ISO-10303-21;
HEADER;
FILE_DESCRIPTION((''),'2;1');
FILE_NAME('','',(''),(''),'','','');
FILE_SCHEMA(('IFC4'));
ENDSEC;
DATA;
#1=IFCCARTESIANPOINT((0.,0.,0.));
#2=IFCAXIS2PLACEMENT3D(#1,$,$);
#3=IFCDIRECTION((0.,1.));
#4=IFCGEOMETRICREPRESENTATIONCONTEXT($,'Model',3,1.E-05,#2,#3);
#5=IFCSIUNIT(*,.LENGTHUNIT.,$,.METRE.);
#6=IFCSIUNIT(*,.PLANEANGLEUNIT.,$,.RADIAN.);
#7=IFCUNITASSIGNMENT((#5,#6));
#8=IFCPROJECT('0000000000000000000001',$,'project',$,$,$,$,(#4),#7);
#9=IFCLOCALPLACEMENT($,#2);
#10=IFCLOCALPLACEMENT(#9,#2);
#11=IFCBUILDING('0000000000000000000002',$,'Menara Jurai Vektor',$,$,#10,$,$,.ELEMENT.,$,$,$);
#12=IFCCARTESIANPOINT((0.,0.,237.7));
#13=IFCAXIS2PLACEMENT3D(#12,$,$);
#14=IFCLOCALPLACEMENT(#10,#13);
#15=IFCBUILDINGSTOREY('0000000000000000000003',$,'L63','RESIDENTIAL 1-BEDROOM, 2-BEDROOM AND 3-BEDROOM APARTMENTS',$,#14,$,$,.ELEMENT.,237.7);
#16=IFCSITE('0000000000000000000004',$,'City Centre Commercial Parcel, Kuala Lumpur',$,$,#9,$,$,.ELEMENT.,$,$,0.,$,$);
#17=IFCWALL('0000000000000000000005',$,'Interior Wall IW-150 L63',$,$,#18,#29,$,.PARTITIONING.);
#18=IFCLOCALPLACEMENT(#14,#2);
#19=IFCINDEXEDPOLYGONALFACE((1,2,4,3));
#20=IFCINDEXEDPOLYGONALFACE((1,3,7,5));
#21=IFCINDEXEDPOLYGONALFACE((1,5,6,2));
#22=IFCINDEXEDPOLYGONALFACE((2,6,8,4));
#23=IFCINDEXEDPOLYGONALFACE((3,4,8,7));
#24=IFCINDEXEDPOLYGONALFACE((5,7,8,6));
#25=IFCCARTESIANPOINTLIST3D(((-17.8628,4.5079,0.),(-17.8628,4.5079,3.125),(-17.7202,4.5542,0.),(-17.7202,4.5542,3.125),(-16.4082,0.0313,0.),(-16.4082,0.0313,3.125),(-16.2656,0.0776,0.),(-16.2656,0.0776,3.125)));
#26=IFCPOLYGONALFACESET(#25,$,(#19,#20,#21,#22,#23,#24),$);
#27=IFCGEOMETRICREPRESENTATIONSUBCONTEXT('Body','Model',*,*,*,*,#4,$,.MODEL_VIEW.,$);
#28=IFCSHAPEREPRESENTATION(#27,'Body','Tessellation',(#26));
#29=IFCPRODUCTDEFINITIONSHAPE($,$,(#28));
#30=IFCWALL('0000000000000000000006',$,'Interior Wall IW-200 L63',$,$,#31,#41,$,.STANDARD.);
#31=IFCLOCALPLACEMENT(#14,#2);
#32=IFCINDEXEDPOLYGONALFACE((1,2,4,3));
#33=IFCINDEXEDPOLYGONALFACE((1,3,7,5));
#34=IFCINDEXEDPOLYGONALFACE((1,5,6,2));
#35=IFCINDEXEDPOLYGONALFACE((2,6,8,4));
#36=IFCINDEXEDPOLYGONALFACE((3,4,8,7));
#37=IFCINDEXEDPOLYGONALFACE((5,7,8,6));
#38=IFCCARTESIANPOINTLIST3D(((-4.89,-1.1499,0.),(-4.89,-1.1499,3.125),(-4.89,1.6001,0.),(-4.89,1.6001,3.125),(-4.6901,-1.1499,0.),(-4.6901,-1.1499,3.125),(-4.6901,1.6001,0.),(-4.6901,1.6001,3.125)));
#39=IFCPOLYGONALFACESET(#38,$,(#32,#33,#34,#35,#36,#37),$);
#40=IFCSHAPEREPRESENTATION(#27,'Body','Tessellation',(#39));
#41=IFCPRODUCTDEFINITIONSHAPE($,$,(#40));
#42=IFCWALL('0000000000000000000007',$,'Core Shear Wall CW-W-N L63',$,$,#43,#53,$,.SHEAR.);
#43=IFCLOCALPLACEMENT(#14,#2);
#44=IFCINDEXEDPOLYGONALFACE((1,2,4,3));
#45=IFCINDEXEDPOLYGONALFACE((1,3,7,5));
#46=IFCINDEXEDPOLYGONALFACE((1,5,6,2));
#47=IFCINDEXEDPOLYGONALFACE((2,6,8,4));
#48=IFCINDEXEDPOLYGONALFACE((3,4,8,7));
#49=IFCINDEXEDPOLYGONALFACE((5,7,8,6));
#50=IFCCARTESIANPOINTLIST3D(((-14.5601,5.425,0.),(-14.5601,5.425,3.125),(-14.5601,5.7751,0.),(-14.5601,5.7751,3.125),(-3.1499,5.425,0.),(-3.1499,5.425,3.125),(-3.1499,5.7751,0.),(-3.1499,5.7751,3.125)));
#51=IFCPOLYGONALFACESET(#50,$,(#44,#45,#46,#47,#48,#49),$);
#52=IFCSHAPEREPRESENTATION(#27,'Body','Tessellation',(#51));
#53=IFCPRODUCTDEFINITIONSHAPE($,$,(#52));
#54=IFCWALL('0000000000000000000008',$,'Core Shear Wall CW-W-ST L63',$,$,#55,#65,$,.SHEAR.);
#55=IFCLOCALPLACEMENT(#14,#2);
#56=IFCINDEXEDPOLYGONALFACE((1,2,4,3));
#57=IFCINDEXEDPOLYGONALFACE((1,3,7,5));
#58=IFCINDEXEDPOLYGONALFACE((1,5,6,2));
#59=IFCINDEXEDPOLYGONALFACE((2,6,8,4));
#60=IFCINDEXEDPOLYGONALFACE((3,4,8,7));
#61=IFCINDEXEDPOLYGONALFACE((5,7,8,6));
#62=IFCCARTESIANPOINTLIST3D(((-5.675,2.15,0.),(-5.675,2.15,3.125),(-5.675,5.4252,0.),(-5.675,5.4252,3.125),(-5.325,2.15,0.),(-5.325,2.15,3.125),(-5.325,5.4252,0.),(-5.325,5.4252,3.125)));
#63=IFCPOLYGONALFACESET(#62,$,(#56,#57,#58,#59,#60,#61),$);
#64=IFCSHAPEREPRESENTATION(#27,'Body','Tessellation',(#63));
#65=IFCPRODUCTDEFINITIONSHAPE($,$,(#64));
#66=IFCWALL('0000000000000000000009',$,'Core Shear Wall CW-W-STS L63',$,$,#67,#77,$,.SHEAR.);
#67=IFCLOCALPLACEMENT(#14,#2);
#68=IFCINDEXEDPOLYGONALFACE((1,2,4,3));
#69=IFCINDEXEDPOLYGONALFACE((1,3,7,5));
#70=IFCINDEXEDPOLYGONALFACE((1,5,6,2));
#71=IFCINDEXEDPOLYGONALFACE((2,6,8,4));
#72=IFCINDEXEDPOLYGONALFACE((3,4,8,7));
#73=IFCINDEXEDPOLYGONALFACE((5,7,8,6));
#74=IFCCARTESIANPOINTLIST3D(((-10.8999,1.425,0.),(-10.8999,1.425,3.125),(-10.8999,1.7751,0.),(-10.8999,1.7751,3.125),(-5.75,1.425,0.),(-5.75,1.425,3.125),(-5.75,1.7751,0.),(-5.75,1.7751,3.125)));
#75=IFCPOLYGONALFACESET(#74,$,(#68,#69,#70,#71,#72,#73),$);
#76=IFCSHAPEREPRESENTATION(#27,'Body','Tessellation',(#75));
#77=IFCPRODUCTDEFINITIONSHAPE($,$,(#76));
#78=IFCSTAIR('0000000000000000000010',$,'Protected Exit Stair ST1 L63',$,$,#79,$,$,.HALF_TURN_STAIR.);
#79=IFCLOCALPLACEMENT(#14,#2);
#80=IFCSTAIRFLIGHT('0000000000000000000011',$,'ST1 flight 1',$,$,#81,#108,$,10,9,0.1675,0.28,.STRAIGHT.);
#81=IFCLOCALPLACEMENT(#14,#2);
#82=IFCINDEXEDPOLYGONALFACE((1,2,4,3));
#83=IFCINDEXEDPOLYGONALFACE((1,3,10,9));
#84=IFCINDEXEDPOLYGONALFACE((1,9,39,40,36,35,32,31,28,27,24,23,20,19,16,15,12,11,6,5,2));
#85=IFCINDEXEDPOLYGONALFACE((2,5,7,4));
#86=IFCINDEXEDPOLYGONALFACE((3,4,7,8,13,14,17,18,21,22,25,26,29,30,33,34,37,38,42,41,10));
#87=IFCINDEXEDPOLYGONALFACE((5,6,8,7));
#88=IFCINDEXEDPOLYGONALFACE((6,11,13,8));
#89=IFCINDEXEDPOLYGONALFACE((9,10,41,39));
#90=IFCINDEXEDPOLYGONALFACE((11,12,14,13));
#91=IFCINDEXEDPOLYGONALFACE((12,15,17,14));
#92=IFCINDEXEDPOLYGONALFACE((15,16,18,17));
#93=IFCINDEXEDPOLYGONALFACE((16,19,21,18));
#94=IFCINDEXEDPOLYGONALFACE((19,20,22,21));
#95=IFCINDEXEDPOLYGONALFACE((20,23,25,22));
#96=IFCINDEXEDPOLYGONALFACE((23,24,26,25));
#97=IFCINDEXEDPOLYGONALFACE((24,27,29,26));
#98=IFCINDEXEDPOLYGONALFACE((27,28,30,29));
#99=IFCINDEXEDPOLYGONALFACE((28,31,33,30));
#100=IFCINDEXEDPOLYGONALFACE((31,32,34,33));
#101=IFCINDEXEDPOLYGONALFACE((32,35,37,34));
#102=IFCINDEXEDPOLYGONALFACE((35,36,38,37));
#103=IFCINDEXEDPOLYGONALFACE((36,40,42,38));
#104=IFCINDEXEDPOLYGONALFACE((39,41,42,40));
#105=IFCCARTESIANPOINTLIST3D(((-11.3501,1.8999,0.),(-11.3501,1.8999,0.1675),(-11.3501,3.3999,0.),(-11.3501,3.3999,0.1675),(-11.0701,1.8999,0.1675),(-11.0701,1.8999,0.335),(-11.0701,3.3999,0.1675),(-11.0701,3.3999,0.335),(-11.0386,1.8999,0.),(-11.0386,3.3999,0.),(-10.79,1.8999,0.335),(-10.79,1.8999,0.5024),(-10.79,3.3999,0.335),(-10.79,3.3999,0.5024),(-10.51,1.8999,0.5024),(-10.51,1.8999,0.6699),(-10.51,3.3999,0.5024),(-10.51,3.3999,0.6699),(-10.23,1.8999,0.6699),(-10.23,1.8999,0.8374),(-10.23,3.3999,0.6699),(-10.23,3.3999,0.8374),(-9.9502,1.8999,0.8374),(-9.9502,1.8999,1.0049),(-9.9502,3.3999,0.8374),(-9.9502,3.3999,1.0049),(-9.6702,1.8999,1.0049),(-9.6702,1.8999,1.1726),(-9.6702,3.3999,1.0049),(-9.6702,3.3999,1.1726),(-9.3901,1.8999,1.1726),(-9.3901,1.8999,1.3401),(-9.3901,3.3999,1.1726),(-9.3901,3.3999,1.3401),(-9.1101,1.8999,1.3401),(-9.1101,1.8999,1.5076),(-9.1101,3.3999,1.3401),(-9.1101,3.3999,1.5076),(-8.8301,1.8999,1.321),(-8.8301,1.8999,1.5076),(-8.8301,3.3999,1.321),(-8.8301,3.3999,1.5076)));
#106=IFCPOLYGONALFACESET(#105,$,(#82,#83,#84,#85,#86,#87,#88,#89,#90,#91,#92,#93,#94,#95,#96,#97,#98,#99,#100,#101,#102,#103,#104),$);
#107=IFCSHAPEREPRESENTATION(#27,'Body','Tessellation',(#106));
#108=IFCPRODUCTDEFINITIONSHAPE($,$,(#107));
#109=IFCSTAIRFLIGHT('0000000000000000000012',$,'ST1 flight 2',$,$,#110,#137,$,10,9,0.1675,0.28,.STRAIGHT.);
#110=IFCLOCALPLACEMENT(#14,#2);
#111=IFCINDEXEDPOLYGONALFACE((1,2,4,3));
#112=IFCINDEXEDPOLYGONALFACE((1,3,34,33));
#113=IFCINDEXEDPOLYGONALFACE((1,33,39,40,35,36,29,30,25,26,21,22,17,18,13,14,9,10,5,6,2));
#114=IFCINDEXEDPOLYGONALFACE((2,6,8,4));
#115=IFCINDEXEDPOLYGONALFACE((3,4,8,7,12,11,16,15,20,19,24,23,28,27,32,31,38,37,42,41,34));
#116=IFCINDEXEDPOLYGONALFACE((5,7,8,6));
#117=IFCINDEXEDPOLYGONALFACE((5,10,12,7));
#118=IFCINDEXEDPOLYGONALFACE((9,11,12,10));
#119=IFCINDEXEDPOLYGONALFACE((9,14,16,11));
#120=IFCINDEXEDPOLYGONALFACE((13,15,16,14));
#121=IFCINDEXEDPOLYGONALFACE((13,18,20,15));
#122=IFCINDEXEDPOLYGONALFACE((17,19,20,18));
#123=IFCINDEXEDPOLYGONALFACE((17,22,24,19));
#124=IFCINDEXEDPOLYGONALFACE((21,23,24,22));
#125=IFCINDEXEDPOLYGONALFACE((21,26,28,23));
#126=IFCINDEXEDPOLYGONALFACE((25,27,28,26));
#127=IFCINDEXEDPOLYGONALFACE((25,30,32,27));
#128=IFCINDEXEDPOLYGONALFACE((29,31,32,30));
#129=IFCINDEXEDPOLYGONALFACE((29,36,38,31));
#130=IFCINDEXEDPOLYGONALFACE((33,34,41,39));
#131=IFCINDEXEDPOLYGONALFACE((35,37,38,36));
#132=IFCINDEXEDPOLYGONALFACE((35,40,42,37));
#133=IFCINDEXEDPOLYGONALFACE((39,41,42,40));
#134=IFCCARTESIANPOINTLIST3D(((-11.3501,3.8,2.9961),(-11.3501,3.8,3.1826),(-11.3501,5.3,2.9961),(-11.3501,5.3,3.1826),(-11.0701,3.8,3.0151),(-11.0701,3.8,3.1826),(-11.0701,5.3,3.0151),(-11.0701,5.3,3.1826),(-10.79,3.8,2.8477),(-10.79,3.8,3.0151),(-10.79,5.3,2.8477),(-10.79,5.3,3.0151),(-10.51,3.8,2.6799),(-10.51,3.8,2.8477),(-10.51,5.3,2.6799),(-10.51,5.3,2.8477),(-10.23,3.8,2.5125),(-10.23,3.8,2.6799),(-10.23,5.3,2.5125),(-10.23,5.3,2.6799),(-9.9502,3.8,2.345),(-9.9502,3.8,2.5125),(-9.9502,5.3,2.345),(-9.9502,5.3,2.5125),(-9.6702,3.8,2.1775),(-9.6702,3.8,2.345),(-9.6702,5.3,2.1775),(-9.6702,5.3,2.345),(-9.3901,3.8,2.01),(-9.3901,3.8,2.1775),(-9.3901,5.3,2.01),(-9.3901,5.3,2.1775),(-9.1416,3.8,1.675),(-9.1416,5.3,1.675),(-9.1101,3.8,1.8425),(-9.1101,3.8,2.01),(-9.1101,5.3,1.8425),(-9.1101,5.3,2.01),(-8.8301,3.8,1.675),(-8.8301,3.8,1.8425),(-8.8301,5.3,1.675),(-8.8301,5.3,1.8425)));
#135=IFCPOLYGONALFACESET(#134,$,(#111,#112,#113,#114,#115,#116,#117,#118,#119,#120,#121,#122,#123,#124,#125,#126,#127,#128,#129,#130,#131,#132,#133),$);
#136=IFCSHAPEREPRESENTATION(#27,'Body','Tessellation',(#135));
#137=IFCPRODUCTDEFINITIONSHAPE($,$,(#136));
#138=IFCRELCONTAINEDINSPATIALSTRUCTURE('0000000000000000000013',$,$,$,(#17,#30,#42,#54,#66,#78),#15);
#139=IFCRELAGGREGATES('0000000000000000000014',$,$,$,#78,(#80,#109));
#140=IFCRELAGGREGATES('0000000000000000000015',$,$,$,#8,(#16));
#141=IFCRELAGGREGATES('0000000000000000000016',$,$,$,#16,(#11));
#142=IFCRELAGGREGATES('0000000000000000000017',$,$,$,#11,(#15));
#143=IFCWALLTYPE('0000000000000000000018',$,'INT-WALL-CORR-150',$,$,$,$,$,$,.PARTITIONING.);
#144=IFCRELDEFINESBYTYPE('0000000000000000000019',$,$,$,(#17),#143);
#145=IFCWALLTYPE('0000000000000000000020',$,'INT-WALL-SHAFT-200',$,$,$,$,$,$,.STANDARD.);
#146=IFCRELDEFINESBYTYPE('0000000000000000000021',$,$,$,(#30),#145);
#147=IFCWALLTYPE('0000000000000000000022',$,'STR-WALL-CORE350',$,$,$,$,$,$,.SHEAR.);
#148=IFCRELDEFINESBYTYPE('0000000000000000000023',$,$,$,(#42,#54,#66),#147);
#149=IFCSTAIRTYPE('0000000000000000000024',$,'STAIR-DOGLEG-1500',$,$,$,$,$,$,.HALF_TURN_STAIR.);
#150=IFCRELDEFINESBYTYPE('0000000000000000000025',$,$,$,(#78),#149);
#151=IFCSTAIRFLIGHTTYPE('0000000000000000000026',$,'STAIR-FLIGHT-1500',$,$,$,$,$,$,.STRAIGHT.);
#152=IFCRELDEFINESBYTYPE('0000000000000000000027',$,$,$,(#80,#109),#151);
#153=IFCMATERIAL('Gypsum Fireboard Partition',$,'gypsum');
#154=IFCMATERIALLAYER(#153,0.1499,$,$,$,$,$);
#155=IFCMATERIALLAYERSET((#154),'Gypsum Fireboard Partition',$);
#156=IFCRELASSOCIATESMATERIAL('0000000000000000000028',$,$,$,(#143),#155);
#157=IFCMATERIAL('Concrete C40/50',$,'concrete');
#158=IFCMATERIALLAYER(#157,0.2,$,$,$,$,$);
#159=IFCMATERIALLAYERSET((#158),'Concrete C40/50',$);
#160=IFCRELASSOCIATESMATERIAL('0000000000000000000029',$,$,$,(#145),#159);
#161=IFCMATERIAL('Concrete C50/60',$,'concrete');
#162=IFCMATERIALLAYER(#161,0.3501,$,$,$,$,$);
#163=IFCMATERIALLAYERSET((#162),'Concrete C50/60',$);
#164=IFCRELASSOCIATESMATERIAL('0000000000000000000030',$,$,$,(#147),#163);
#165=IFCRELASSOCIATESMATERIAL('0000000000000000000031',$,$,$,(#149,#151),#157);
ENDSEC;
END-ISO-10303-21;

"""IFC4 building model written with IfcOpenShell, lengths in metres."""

from ifc_helpers import new_model, si_unit, direction, frame, frame_2d, origin, place, context, subcontext, project, spatial, polyline, rectangle, outline, extrude, material, layer, layer_set, type_object, element, aggregate, save


model = new_model("IFC4")

# Units and contexts
model_context = context("Model", 3, precision=1e-05, world=origin(), true_north=direction((0.0, 1.0)))
body_context = subcontext(model_context, "Body", "Model", "MODEL_VIEW")
ifc_project = project(units=[si_unit("LENGTHUNIT", "METRE"), si_unit("PLANEANGLEUNIT", "RADIAN")], contexts=[model_context])

# Site, building, storey
site_placement = place(None, origin())
site = spatial("IfcSite", under=ifc_project, at=site_placement, Name="City Centre Commercial Parcel, Kuala Lumpur", CompositionType="ELEMENT", RefElevation=0.0)
building_placement = place(site_placement, origin())
building = spatial("IfcBuilding", under=site, at=building_placement, Name="Menara Jurai Vektor", CompositionType="ELEMENT")
storey_placement = place(building_placement, frame((0.0, 0.0, 237.7)))
storey = spatial("IfcBuildingStorey", under=building, at=storey_placement, Name="L63", Description="RESIDENTIAL 1-BEDROOM, 2-BEDROOM AND 3-BEDROOM APARTMENTS", CompositionType="ELEMENT", Elevation=237.7)

# Shared definitions
ifc_material_1 = material(Name="Concrete C50/60", Category="concrete")

# Shared definitions
ifc_material_2 = material(Name="Concrete C40/50", Category="concrete")

# Shared definitions
ifc_material_3 = material(Name="Gypsum Fireboard Partition", Category="gypsum")
ifc_layer_1 = layer(ifc_material_3, 0.1499)
ifc_layer_set_1 = layer_set([ifc_layer_1], Name="Gypsum Fireboard Partition")
wall_type_1 = type_object("IfcWallType", Name="INT-WALL-CORR-150", PredefinedType="PARTITIONING", material=ifc_layer_set_1)

# Wall
wall_1_placement = place(storey_placement, frame((-16.3369, 0.0544, 0.0), z_axis=(0.0, 0.0, 1.0), x_axis=(-0.30903, 0.951052, 0.0)))
element("IfcWall", 1, at=wall_1_placement, inside=storey, type_object=wall_type_1, Name="Interior Wall IW-150 L63", PredefinedType="PARTITIONING", context=body_context, shape_type="SweptSolid", body=[
    extrude(rectangle(XDim=4.707, YDim=0.1499, at=frame_2d((2.3535, 0.0))), origin(), (0.0, 0.0, 1.0), 3.125),
])

# Shared definitions
ifc_layer_2 = layer(ifc_material_2, 0.2)
ifc_layer_set_2 = layer_set([ifc_layer_2], Name="Concrete C40/50")
wall_type_2 = type_object("IfcWallType", Name="INT-WALL-SHAFT-200", PredefinedType="STANDARD", material=ifc_layer_set_2)

# Walls
wall_2_placement = place(storey_placement, frame((-4.79, -1.1499, 0.0), z_axis=(0.0, 0.0, 1.0), x_axis=(0.0, 1.0, 0.0)))
element("IfcWall", 2, at=wall_2_placement, inside=storey, type_object=wall_type_2, Name="Interior Wall IW-200 L63", PredefinedType="STANDARD", context=body_context, shape_type="SweptSolid", body=[
    extrude(rectangle(XDim=2.75, YDim=0.2, at=frame_2d((1.375, 0.0))), origin(), (0.0, 0.0, 1.0), 3.125),
])
ifc_layer_3 = layer(ifc_material_1, 0.3501)
ifc_layer_set_3 = layer_set([ifc_layer_3], Name="Concrete C50/60")
wall_type_3 = type_object("IfcWallType", Name="STR-WALL-CORE350", PredefinedType="SHEAR", material=ifc_layer_set_3)
wall_3_placement = place(storey_placement, frame((-14.5601, 5.6001, 0.0), z_axis=(0.0, 0.0, 1.0), x_axis=(1.0, 0.0, 0.0)))
element("IfcWall", 3, at=wall_3_placement, inside=storey, type_object=wall_type_3, Name="Core Shear Wall CW-W-N L63", PredefinedType="SHEAR", context=body_context, shape_type="SweptSolid", body=[
    extrude(rectangle(XDim=11.4102, YDim=0.3501, at=frame_2d((5.7051, 0.0))), origin(), (0.0, 0.0, 1.0), 3.125),
])
wall_4_placement = place(storey_placement, frame((-5.5, 2.1499, 0.0), z_axis=(0.0, 0.0, 1.0), x_axis=(0.0, 1.0, 0.0)))
element("IfcWall", 4, at=wall_4_placement, inside=storey, type_object=wall_type_3, Name="Core Shear Wall CW-W-ST L63", PredefinedType="SHEAR", context=body_context, shape_type="SweptSolid", body=[
    extrude(rectangle(XDim=3.2751, YDim=0.3501, at=frame_2d((1.6377, 0.0))), origin(), (0.0, 0.0, 1.0), 3.125),
])
wall_5_placement = place(storey_placement, frame((-10.8999, 1.6001, 0.0), z_axis=(0.0, 0.0, 1.0), x_axis=(1.0, 0.0, 0.0)))
element("IfcWall", 5, at=wall_5_placement, inside=storey, type_object=wall_type_3, Name="Core Shear Wall CW-W-STS L63", PredefinedType="SHEAR", context=body_context, shape_type="SweptSolid", body=[
    extrude(rectangle(XDim=5.1499, YDim=0.3501, at=frame_2d((2.575, 0.0))), origin(), (0.0, 0.0, 1.0), 3.125),
])

# Stair, stair flights
stair_type = type_object("IfcStairType", Name="STAIR-DOGLEG-1500", PredefinedType="HALF_TURN_STAIR", material=ifc_material_2)
stair_placement = place(storey_placement, origin())
stair = element("IfcStair", 6, at=stair_placement, inside=storey, type_object=stair_type, Name="Protected Exit Stair ST1 L63", PredefinedType="HALF_TURN_STAIR")
stair_flight_type = type_object("IfcStairFlightType", Name="STAIR-FLIGHT-1500", PredefinedType="STRAIGHT", material=ifc_material_2)
stair_flight_1_placement = place(storey_placement, frame((-11.3501, 2.6499, 0.0), z_axis=(0.0, 0.0, 1.0), x_axis=(1.0, 0.0, 0.0)))
stair_flight_1 = element("IfcStairFlight", 7, at=stair_flight_1_placement, type_object=stair_flight_type, Name="ST1 flight 1", NumberOfRisers=10, NumberOfTreads=9, PredefinedType="STRAIGHT", RiserHeight=0.1675, TreadLength=0.28, context=body_context, shape_type="SweptSolid", body=[
    extrude(outline(polyline([(0.0, 0.0), (0.0, 0.1675), (0.28, 0.1675), (0.28, 0.335), (0.5601, 0.335), (0.5601, 0.5024), (0.8401, 0.5024), (0.8401, 0.6699), (1.1201, 0.6699), (1.1201, 0.8374), (1.3999, 0.8374), (1.3999, 1.0049), (1.6799, 1.0049), (1.6799, 1.1726), (1.96, 1.1726), (1.96, 1.3401), (2.24, 1.3401), (2.24, 1.5076), (2.52, 1.5076), (2.52, 1.675), (2.52, 1.321), (0.3115, 0.0), (0.0, 0.0)])), frame((0.0, 0.75, 0.0), z_axis=(0.0, -1.0, 0.0), x_axis=(1.0, 0.0, 0.0)), (0.0, 0.0, 1.0), 1.5),
])
stair_flight_2_placement = place(storey_placement, frame((-8.8301, 4.55, 1.675), z_axis=(0.0, 0.0, 1.0), x_axis=(-1.0, 0.0, 0.0)))
stair_flight_2 = element("IfcStairFlight", 8, at=stair_flight_2_placement, type_object=stair_flight_type, Name="ST1 flight 2", NumberOfRisers=10, NumberOfTreads=9, PredefinedType="STRAIGHT", RiserHeight=0.1675, TreadLength=0.28, context=body_context, shape_type="SweptSolid", body=[
    extrude(outline(polyline([(0.0, 0.0), (0.0, 0.1675), (0.28, 0.1675), (0.28, 0.335), (0.5601, 0.335), (0.5601, 0.5024), (0.8401, 0.5024), (0.8401, 0.6699), (1.1201, 0.6699), (1.1201, 0.8374), (1.3999, 0.8374), (1.3999, 1.0049), (1.6799, 1.0049), (1.6799, 1.1726), (1.96, 1.1726), (1.96, 1.3401), (2.24, 1.3401), (2.24, 1.5076), (2.52, 1.5076), (2.52, 1.675), (2.52, 1.321), (0.3115, 0.0), (0.0, 0.0)])), frame((0.0, 0.75, 0.0), z_axis=(0.0, -1.0, 0.0), x_axis=(1.0, 0.0, 0.0)), (0.0, 0.0, 1.0), 1.5),
])
aggregate(stair, [stair_flight_1, stair_flight_2])

save(model, "model.ifc")
